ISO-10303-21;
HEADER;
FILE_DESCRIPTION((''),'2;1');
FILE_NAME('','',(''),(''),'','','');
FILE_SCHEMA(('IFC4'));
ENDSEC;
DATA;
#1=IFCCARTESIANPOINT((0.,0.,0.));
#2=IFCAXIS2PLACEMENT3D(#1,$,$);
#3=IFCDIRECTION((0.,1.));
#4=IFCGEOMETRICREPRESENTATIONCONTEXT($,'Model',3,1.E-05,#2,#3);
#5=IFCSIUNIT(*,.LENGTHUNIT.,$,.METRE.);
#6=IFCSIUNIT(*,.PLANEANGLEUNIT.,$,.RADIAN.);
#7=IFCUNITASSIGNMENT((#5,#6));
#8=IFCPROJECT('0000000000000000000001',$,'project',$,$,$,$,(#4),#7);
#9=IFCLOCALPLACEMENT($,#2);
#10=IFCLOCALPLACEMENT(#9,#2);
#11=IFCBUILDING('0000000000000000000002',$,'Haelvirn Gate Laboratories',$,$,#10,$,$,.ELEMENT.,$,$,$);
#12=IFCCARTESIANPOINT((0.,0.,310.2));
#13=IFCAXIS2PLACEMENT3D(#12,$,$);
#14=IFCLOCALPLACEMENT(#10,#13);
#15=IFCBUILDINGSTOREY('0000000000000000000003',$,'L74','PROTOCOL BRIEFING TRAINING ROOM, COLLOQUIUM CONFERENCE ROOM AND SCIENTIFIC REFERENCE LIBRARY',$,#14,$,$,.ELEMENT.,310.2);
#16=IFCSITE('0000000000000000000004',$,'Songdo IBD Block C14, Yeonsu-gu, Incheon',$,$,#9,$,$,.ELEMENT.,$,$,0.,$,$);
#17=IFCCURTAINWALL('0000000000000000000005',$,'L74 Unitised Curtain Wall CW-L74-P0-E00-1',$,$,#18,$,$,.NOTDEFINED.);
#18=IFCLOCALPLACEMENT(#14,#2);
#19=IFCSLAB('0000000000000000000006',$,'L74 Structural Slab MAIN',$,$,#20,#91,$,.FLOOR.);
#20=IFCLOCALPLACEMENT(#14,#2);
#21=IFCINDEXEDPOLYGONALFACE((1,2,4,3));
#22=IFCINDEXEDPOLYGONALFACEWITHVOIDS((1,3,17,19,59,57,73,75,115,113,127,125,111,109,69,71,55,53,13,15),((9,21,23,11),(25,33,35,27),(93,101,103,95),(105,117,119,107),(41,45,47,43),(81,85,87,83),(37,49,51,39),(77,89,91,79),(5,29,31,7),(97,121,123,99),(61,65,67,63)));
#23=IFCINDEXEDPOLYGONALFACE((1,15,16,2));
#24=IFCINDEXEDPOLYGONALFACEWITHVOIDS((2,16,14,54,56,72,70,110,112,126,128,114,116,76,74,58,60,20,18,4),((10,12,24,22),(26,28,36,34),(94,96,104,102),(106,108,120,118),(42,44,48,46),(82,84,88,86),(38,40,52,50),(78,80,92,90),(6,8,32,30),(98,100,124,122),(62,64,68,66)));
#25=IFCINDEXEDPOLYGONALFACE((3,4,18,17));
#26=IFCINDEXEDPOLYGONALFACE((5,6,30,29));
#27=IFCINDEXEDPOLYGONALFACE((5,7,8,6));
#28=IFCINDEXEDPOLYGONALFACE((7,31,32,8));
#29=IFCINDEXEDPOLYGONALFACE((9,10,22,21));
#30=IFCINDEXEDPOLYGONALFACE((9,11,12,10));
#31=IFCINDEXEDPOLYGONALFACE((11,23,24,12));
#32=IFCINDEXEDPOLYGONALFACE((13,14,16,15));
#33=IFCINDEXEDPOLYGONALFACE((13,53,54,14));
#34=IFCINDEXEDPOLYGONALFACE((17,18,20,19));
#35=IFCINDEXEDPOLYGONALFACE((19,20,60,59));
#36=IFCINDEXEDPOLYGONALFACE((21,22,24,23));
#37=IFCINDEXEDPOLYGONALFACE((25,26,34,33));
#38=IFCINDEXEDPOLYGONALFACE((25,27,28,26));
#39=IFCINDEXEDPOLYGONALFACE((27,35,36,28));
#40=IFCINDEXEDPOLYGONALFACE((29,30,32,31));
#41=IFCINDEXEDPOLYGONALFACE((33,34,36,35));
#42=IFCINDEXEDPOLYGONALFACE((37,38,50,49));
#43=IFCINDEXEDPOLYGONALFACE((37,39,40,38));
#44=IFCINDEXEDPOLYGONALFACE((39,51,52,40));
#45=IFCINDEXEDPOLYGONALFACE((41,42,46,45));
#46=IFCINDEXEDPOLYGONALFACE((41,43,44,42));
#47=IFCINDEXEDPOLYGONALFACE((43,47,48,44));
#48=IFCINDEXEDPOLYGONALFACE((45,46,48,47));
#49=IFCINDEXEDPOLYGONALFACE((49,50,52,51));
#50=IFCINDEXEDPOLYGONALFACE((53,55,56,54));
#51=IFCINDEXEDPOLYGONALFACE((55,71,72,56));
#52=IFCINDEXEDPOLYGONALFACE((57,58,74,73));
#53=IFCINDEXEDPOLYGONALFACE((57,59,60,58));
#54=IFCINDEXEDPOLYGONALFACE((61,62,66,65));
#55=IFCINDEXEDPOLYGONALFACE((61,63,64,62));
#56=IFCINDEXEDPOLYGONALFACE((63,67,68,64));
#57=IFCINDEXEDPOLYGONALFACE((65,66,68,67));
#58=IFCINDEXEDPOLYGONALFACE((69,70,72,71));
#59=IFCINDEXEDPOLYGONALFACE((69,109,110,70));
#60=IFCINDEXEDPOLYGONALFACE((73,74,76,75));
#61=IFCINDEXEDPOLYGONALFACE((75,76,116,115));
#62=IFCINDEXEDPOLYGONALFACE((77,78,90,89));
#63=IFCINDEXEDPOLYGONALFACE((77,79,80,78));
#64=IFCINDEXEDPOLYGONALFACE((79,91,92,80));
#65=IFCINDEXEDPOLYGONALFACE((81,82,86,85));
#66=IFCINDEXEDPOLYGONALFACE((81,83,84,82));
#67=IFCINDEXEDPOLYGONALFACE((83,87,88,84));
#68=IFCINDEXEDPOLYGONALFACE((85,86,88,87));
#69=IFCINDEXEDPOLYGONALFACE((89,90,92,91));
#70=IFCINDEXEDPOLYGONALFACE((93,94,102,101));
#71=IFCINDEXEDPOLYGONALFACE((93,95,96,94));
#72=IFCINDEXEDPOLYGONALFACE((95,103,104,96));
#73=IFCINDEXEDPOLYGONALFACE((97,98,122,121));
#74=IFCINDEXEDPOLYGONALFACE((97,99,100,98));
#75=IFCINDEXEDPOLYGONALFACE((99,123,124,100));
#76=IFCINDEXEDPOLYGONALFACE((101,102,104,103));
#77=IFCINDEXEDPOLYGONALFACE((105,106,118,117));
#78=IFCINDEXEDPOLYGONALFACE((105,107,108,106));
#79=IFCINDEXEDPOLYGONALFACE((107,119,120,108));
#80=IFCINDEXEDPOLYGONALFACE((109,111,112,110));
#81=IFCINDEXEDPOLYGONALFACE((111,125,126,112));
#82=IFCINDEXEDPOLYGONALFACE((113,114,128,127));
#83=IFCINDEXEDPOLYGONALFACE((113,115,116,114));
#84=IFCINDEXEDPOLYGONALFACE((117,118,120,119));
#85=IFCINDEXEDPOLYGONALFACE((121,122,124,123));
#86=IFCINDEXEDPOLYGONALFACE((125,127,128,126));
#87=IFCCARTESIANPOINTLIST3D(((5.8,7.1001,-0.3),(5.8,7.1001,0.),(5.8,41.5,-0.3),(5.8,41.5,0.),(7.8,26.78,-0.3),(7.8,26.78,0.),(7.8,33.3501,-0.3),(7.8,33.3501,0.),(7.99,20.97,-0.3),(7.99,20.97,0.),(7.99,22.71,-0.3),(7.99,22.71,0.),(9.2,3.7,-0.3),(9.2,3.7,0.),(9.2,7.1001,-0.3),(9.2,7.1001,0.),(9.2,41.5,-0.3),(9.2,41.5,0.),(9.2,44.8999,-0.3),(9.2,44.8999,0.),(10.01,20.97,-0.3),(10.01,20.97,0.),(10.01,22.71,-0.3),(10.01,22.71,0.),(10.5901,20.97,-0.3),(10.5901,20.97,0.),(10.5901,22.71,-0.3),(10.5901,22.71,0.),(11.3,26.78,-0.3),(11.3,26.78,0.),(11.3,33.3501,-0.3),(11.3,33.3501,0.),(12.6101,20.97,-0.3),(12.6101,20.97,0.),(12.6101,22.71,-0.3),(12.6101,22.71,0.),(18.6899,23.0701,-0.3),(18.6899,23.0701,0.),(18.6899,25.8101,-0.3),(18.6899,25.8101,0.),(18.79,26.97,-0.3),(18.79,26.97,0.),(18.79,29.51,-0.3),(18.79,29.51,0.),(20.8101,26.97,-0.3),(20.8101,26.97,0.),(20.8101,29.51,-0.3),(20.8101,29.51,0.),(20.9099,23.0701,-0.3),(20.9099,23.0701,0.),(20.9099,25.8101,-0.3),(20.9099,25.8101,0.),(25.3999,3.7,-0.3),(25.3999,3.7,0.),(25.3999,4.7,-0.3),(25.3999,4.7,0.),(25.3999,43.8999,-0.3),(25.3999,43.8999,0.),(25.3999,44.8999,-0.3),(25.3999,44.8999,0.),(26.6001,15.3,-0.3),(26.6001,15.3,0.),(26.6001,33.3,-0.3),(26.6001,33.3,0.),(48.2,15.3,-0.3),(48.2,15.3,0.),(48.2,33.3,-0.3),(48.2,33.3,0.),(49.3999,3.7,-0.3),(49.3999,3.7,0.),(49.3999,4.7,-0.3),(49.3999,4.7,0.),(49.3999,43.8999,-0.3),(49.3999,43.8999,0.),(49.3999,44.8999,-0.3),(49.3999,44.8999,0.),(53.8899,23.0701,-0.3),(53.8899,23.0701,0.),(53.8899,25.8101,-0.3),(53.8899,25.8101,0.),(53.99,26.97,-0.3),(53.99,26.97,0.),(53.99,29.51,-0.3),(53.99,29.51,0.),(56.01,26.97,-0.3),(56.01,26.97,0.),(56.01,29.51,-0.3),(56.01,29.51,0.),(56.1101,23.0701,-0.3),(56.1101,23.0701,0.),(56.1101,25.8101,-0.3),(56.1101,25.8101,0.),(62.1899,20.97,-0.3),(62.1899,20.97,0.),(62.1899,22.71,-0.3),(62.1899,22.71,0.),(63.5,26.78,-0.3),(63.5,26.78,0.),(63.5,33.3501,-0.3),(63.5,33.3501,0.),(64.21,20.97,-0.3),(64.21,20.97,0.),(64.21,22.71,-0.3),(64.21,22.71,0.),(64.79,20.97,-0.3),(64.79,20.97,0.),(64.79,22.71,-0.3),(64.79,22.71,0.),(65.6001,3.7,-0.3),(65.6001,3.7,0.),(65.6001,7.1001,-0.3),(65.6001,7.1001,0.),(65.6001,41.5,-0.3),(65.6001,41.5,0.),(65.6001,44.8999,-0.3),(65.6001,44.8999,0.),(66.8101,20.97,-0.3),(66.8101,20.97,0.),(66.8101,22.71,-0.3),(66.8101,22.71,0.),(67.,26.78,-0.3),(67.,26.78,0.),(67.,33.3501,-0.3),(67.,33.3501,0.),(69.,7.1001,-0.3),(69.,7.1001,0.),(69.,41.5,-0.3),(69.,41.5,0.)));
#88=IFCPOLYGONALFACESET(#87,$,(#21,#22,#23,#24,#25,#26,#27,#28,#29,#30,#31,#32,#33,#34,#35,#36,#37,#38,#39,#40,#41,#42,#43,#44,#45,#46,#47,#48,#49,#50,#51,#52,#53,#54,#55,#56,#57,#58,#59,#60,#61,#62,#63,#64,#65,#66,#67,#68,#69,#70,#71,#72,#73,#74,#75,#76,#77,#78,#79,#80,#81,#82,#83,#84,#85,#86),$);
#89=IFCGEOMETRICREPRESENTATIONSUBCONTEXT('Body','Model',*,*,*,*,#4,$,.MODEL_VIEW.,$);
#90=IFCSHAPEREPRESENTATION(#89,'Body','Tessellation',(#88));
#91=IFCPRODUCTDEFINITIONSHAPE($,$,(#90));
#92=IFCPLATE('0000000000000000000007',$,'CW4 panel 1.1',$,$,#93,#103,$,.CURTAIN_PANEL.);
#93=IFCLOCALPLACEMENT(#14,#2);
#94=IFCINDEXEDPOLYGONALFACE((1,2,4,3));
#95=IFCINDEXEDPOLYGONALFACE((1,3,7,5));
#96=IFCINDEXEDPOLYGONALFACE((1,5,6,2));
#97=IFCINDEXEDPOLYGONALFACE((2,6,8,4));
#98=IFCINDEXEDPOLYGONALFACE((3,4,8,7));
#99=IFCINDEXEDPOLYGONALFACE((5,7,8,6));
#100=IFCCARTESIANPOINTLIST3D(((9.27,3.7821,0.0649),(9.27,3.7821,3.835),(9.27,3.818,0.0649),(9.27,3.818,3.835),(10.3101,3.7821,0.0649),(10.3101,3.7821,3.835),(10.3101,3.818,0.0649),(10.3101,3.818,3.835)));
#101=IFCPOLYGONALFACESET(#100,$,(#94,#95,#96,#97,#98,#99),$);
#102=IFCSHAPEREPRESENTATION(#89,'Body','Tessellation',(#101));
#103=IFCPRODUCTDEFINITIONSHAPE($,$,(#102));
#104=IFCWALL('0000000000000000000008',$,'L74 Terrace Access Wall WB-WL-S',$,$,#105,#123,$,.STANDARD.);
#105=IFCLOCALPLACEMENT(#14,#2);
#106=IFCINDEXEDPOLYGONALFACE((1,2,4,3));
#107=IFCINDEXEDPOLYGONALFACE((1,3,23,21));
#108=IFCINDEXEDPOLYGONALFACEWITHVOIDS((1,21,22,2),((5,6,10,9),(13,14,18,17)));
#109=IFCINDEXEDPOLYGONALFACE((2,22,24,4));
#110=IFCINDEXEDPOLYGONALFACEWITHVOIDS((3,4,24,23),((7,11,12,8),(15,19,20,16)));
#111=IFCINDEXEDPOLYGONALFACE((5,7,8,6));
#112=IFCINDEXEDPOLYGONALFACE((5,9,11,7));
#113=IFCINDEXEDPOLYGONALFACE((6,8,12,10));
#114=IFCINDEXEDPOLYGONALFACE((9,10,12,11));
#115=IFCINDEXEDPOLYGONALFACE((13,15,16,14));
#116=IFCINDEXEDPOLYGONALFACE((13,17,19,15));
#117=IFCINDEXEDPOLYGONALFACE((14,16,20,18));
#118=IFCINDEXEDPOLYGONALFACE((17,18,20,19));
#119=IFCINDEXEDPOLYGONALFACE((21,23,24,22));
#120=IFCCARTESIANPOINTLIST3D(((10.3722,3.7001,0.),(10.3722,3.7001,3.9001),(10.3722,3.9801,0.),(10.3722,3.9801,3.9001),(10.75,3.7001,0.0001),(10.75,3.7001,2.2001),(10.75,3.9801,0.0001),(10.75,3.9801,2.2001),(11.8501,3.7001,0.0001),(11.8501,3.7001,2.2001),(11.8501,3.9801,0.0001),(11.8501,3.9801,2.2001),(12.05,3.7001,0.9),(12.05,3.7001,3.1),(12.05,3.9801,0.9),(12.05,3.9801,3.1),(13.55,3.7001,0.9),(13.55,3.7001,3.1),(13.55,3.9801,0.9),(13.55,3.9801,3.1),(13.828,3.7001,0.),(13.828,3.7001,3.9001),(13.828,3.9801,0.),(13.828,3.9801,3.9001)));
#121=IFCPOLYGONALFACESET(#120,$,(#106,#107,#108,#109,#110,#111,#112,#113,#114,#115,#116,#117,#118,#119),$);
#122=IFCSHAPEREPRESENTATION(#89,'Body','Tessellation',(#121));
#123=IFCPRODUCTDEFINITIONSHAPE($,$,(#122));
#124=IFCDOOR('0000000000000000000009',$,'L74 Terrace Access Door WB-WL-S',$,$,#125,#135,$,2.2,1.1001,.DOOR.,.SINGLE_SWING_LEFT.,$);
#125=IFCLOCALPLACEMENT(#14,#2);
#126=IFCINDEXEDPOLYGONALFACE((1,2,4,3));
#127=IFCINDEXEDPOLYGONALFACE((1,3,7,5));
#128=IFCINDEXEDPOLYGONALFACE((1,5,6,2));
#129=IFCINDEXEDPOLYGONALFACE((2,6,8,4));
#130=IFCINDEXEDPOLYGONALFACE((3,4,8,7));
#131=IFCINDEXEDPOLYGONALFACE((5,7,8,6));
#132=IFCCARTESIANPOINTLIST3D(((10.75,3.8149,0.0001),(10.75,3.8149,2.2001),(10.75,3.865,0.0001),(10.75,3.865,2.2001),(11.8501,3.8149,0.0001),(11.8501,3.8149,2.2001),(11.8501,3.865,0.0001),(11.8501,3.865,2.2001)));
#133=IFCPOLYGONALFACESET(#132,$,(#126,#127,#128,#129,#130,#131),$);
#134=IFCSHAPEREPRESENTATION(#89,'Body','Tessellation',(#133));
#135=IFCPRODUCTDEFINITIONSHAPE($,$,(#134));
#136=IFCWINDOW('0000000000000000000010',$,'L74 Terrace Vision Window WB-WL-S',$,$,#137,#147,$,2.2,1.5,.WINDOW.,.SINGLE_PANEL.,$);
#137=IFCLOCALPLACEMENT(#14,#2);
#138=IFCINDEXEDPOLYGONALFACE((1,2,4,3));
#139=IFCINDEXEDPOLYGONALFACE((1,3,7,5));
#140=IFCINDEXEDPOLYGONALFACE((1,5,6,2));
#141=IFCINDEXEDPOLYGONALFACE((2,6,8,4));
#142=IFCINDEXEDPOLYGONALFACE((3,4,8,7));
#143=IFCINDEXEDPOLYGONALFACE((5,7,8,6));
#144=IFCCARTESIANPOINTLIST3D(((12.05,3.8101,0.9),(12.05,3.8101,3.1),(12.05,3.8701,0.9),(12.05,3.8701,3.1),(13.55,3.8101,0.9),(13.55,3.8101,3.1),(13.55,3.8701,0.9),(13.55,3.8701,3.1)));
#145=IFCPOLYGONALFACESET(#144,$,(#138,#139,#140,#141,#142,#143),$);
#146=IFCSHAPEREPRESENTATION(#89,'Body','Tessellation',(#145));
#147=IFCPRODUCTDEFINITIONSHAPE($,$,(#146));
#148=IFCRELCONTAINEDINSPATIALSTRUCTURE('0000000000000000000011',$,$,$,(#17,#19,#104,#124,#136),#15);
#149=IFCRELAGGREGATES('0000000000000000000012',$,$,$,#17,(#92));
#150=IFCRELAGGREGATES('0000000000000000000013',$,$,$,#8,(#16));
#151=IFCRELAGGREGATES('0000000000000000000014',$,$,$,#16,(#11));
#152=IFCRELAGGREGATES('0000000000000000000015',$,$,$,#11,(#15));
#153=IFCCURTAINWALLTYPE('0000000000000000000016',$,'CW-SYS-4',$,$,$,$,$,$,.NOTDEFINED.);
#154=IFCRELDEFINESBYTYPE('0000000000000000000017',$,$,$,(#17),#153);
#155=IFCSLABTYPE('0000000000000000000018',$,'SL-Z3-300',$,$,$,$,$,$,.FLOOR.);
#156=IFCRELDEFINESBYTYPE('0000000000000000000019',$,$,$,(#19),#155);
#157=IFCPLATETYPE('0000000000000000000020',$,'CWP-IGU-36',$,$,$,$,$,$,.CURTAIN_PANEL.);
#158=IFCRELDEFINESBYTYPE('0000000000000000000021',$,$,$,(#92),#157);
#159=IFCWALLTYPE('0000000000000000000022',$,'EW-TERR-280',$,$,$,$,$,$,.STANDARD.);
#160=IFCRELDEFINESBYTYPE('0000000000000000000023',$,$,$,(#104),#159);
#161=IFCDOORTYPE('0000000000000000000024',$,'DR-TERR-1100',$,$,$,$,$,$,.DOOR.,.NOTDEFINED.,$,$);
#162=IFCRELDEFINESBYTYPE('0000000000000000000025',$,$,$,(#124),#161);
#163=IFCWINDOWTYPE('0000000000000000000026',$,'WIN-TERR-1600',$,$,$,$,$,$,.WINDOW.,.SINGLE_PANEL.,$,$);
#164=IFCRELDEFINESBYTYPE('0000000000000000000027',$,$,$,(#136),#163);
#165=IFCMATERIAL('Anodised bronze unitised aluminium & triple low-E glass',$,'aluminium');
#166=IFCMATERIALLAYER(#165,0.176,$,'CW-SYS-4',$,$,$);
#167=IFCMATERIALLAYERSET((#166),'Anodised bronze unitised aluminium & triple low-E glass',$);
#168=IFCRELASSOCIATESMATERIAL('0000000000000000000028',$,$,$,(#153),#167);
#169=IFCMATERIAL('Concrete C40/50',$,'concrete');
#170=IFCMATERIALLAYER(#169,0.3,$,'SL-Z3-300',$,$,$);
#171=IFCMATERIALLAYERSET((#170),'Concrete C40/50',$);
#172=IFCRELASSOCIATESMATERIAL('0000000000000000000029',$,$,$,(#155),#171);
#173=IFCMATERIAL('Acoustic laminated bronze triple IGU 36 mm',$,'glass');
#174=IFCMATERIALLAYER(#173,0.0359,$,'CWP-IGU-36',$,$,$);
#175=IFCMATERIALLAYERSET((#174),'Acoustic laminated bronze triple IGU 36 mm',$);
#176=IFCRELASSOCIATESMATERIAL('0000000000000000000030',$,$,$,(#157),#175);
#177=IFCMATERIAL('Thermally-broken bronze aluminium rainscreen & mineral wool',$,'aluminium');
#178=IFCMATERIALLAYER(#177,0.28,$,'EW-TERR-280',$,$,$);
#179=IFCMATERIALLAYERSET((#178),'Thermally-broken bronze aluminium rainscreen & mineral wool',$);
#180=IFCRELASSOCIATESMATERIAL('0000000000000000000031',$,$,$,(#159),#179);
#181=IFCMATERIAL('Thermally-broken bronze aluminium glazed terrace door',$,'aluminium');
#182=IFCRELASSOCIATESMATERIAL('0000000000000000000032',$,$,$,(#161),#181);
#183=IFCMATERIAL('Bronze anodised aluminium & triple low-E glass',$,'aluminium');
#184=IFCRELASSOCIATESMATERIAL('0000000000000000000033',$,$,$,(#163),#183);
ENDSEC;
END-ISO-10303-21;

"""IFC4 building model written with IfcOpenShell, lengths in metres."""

from ifc_helpers import new_model, si_unit, direction, frame, frame_2d, origin, origin_2d, place, context, subcontext, project, spatial, polyline, rectangle, outline, extrude, source, transform, mapped, material, layer, layer_set, type_object, type_shapes, element, fill, aggregate, save


model = new_model("IFC4")

# Units and contexts
model_context = context("Model", 3, precision=1e-05, world=origin(), true_north=direction((0.0, 1.0)))
body_context = subcontext(model_context, "Body", "Model", "MODEL_VIEW")
ifc_project = project(units=[si_unit("LENGTHUNIT", "METRE"), si_unit("PLANEANGLEUNIT", "RADIAN")], contexts=[model_context])

# Site, building, storey
site_placement = place(None, origin())
site = spatial("IfcSite", under=ifc_project, at=site_placement, Name="Songdo IBD Block C14, Yeonsu-gu, Incheon", CompositionType="ELEMENT", RefElevation=0.0)
building_placement = place(site_placement, origin())
building = spatial("IfcBuilding", under=site, at=building_placement, Name="Haelvirn Gate Laboratories", CompositionType="ELEMENT")
storey_placement = place(building_placement, frame((0.0, 0.0, 310.2)))
storey = spatial("IfcBuildingStorey", under=building, at=storey_placement, Name="L74", Description="PROTOCOL BRIEFING TRAINING ROOM, COLLOQUIUM CONFERENCE ROOM AND SCIENTIFIC REFERENCE LIBRARY", CompositionType="ELEMENT", Elevation=310.2)

# Curtain wall
ifc_material_1 = material(Name="Anodised bronze unitised aluminium & triple low-E glass", Category="aluminium")
ifc_layer_1 = layer(ifc_material_1, 0.176, Name="CW-SYS-4")
ifc_layer_set_1 = layer_set([ifc_layer_1], Name="Anodised bronze unitised aluminium & triple low-E glass")
curtain_wall_type = type_object("IfcCurtainWallType", Name="CW-SYS-4", PredefinedType="NOTDEFINED", material=ifc_layer_set_1)
curtain_wall_1_placement = place(storey_placement, origin())
curtain_wall_1 = element("IfcCurtainWall", 1, at=curtain_wall_1_placement, inside=storey, type_object=curtain_wall_type, Name="L74 Unitised Curtain Wall CW-L74-P0-E00-1", PredefinedType="NOTDEFINED")

# Shared definitions
ifc_material_2 = material(Name="Concrete C40/50", Category="concrete")

# Slab
ifc_layer_2 = layer(ifc_material_2, 0.3, Name="SL-Z3-300")
ifc_layer_set_2 = layer_set([ifc_layer_2], Name="Concrete C40/50")
slab_type_1 = type_object("IfcSlabType", Name="SL-Z3-300", PredefinedType="FLOOR", material=ifc_layer_set_2)
slab_1_placement = place(storey_placement, frame((0.0, 0.0, -0.3)))
element("IfcSlab", 2, at=slab_1_placement, inside=storey, type_object=slab_type_1, Name="L74 Structural Slab MAIN", PredefinedType="FLOOR", context=body_context, shape_type="SweptSolid", body=[
    extrude(outline(polyline([(9.2, 3.7), (25.3999, 3.7), (25.3999, 4.7), (49.3999, 4.7), (49.3999, 3.7), (65.6001, 3.7), (65.6001, 7.1001), (69.0, 7.1001), (69.0, 41.5), (65.6001, 41.5), (65.6001, 44.8999), (49.3999, 44.8999), (49.3999, 43.8999), (25.3999, 43.8999), (25.3999, 44.8999), (9.2, 44.8999), (9.2, 41.5), (5.8, 41.5), (5.8, 7.1001), (9.2, 7.1001), (9.2, 3.7)]), holes=[polyline([(26.6001, 15.3), (48.2, 15.3), (48.2, 33.3), (26.6001, 33.3), (26.6001, 15.3)]), polyline([(11.3, 26.78), (11.3, 33.3501), (7.8, 33.3501), (7.8, 26.78), (11.3, 26.78)]), polyline([(67.0, 26.78), (67.0, 33.3501), (63.5, 33.3501), (63.5, 26.78), (67.0, 26.78)]), polyline([(7.99, 20.97), (10.01, 20.97), (10.01, 22.71), (7.99, 22.71), (7.99, 20.97)]), polyline([(10.5901, 20.97), (12.6101, 20.97), (12.6101, 22.71), (10.5901, 22.71), (10.5901, 20.97)]), polyline([(18.79, 26.97), (20.8101, 26.97), (20.8101, 29.51), (18.79, 29.51), (18.79, 26.97)]), polyline([(18.6899, 23.0701), (20.9099, 23.0701), (20.9099, 25.8101), (18.6899, 25.8101), (18.6899, 23.0701)]), polyline([(64.79, 20.97), (66.8101, 20.97), (66.8101, 22.71), (64.79, 22.71), (64.79, 20.97)]), polyline([(62.1899, 20.97), (64.21, 20.97), (64.21, 22.71), (62.1899, 22.71), (62.1899, 20.97)]), polyline([(53.99, 26.97), (56.01, 26.97), (56.01, 29.51), (53.99, 29.51), (53.99, 26.97)]), polyline([(53.8899, 23.0701), (56.1101, 23.0701), (56.1101, 25.8101), (53.8899, 25.8101), (53.8899, 23.0701)])]), origin(), (0.0, 0.0, 1.0), 0.3),
])

# Plate
ifc_material_3 = material(Name="Acoustic laminated bronze triple IGU 36 mm", Category="glass")
ifc_layer_3 = layer(ifc_material_3, 0.0359, Name="CWP-IGU-36")
ifc_layer_set_3 = layer_set([ifc_layer_3], Name="Acoustic laminated bronze triple IGU 36 mm")
plate_type = type_object("IfcPlateType", Name="CWP-IGU-36", PredefinedType="CURTAIN_PANEL", material=ifc_layer_set_3)
shared_shape_1 = source(origin(), body_context, "Body", "SweptSolid", [
    extrude(rectangle(XDim=1.04, YDim=0.0359, at=origin_2d()), origin(), (0.0, 0.0, 1.0), 3.77),
])
type_shapes(plate_type, [shared_shape_1])
plate_placement = place(storey_placement, frame((9.79, 3.8, 0.0649), z_axis=(0.0, 0.0, 1.0), x_axis=(1.0, 0.0, 0.0)))
plate = element("IfcPlate", 3, at=plate_placement, type_object=plate_type, Name="CW4 panel 1.1", PredefinedType="CURTAIN_PANEL", context=body_context, shape_type="MappedRepresentation", body=[
    mapped(shared_shape_1, transform((0.0, 0.0, 0.0), scale=1.0)),
])
aggregate(curtain_wall_1, [plate])

# Wall, openings, door, window
ifc_material_4 = material(Name="Thermally-broken bronze aluminium rainscreen & mineral wool", Category="aluminium")
ifc_layer_4 = layer(ifc_material_4, 0.28, Name="EW-TERR-280")
ifc_layer_set_4 = layer_set([ifc_layer_4], Name="Thermally-broken bronze aluminium rainscreen & mineral wool")
wall_type = type_object("IfcWallType", Name="EW-TERR-280", PredefinedType="STANDARD", material=ifc_layer_set_4)
wall_placement = place(storey_placement, frame((10.3721, 3.8401, 0.0), z_axis=(0.0, 0.0, 1.0), x_axis=(1.0, 0.0, 0.0)))
wall = element("IfcWall", 4, at=wall_placement, inside=storey, type_object=wall_type, Name="L74 Terrace Access Wall WB-WL-S", PredefinedType="STANDARD", context=body_context, shape_type="SweptSolid", body=[
    extrude(rectangle(XDim=3.4558, YDim=0.28, at=frame_2d((1.728, 0.0))), origin(), (0.0, 0.0, 1.0), 3.9001),
])
opening_1_placement = place(wall_placement, frame((0.3779, 0.0, 0.0)))
opening_1 = element("IfcOpeningElement", 5, at=opening_1_placement, cuts=wall, PredefinedType="OPENING", context=body_context, shape_type="SweptSolid", body=[
    extrude(rectangle(XDim=1.1001, YDim=2.2, at=frame_2d((0.55, 1.1001))), frame((0.0, 0.1499, 0.0), z_axis=(0.0, -1.0, 0.0), x_axis=(1.0, 0.0, 0.0)), (0.0, 0.0, 1.0), 0.3),
])
opening_2_placement = place(wall_placement, frame((1.678, 0.0, 0.8999)))
opening_2 = element("IfcOpeningElement", 6, at=opening_2_placement, cuts=wall, PredefinedType="OPENING", context=body_context, shape_type="SweptSolid", body=[
    extrude(rectangle(XDim=1.5, YDim=2.2, at=frame_2d((0.75, 1.1001))), frame((0.0, 0.1499, 0.0), z_axis=(0.0, -1.0, 0.0), x_axis=(1.0, 0.0, 0.0)), (0.0, 0.0, 1.0), 0.3),
])
ifc_material_5 = material(Name="Thermally-broken bronze aluminium glazed terrace door", Category="aluminium")
door_type = type_object("IfcDoorType", Name="DR-TERR-1100", OperationType="NOTDEFINED", PredefinedType="DOOR", material=ifc_material_5)
shared_shape_2 = source(origin(), body_context, "Body", "SweptSolid", [
    extrude(rectangle(XDim=1.1001, YDim=2.2, at=frame_2d((0.55, 1.1001))), frame((0.0, 0.0249, 0.0), z_axis=(0.0, -1.0, 0.0), x_axis=(1.0, 0.0, 0.0)), (0.0, 0.0, 1.0), 0.05),
])
type_shapes(door_type, [shared_shape_2])
door_placement = place(opening_1_placement, origin())
door = element("IfcDoor", 7, at=door_placement, inside=storey, type_object=door_type, Name="L74 Terrace Access Door WB-WL-S", OperationType="SINGLE_SWING_LEFT", OverallHeight=2.2, OverallWidth=1.1001, PredefinedType="DOOR", context=body_context, shape_type="MappedRepresentation", body=[
    mapped(shared_shape_2, transform((0.0, 0.0, 0.0), scale=1.0)),
])
fill(opening_1, door)
ifc_material_6 = material(Name="Bronze anodised aluminium & triple low-E glass", Category="aluminium")
window_type = type_object("IfcWindowType", Name="WIN-TERR-1600", PartitioningType="SINGLE_PANEL", PredefinedType="WINDOW", material=ifc_material_6)
shared_shape_3 = source(origin(), body_context, "Body", "SweptSolid", [
    extrude(rectangle(XDim=1.5, YDim=2.2, at=frame_2d((0.75, 1.1001))), frame((0.0, 0.03, 0.0), z_axis=(0.0, -1.0, 0.0), x_axis=(1.0, 0.0, 0.0)), (0.0, 0.0, 1.0), 0.0601),
])
type_shapes(window_type, [shared_shape_3])
window_placement = place(opening_2_placement, origin())
window = element("IfcWindow", 8, at=window_placement, inside=storey, type_object=window_type, Name="L74 Terrace Vision Window WB-WL-S", OverallHeight=2.2, OverallWidth=1.5, PartitioningType="SINGLE_PANEL", PredefinedType="WINDOW", context=body_context, shape_type="MappedRepresentation", body=[
    mapped(shared_shape_3, transform((0.0, 0.0, 0.0), scale=1.0)),
])
fill(opening_2, window)

save(model, "model.ifc")
